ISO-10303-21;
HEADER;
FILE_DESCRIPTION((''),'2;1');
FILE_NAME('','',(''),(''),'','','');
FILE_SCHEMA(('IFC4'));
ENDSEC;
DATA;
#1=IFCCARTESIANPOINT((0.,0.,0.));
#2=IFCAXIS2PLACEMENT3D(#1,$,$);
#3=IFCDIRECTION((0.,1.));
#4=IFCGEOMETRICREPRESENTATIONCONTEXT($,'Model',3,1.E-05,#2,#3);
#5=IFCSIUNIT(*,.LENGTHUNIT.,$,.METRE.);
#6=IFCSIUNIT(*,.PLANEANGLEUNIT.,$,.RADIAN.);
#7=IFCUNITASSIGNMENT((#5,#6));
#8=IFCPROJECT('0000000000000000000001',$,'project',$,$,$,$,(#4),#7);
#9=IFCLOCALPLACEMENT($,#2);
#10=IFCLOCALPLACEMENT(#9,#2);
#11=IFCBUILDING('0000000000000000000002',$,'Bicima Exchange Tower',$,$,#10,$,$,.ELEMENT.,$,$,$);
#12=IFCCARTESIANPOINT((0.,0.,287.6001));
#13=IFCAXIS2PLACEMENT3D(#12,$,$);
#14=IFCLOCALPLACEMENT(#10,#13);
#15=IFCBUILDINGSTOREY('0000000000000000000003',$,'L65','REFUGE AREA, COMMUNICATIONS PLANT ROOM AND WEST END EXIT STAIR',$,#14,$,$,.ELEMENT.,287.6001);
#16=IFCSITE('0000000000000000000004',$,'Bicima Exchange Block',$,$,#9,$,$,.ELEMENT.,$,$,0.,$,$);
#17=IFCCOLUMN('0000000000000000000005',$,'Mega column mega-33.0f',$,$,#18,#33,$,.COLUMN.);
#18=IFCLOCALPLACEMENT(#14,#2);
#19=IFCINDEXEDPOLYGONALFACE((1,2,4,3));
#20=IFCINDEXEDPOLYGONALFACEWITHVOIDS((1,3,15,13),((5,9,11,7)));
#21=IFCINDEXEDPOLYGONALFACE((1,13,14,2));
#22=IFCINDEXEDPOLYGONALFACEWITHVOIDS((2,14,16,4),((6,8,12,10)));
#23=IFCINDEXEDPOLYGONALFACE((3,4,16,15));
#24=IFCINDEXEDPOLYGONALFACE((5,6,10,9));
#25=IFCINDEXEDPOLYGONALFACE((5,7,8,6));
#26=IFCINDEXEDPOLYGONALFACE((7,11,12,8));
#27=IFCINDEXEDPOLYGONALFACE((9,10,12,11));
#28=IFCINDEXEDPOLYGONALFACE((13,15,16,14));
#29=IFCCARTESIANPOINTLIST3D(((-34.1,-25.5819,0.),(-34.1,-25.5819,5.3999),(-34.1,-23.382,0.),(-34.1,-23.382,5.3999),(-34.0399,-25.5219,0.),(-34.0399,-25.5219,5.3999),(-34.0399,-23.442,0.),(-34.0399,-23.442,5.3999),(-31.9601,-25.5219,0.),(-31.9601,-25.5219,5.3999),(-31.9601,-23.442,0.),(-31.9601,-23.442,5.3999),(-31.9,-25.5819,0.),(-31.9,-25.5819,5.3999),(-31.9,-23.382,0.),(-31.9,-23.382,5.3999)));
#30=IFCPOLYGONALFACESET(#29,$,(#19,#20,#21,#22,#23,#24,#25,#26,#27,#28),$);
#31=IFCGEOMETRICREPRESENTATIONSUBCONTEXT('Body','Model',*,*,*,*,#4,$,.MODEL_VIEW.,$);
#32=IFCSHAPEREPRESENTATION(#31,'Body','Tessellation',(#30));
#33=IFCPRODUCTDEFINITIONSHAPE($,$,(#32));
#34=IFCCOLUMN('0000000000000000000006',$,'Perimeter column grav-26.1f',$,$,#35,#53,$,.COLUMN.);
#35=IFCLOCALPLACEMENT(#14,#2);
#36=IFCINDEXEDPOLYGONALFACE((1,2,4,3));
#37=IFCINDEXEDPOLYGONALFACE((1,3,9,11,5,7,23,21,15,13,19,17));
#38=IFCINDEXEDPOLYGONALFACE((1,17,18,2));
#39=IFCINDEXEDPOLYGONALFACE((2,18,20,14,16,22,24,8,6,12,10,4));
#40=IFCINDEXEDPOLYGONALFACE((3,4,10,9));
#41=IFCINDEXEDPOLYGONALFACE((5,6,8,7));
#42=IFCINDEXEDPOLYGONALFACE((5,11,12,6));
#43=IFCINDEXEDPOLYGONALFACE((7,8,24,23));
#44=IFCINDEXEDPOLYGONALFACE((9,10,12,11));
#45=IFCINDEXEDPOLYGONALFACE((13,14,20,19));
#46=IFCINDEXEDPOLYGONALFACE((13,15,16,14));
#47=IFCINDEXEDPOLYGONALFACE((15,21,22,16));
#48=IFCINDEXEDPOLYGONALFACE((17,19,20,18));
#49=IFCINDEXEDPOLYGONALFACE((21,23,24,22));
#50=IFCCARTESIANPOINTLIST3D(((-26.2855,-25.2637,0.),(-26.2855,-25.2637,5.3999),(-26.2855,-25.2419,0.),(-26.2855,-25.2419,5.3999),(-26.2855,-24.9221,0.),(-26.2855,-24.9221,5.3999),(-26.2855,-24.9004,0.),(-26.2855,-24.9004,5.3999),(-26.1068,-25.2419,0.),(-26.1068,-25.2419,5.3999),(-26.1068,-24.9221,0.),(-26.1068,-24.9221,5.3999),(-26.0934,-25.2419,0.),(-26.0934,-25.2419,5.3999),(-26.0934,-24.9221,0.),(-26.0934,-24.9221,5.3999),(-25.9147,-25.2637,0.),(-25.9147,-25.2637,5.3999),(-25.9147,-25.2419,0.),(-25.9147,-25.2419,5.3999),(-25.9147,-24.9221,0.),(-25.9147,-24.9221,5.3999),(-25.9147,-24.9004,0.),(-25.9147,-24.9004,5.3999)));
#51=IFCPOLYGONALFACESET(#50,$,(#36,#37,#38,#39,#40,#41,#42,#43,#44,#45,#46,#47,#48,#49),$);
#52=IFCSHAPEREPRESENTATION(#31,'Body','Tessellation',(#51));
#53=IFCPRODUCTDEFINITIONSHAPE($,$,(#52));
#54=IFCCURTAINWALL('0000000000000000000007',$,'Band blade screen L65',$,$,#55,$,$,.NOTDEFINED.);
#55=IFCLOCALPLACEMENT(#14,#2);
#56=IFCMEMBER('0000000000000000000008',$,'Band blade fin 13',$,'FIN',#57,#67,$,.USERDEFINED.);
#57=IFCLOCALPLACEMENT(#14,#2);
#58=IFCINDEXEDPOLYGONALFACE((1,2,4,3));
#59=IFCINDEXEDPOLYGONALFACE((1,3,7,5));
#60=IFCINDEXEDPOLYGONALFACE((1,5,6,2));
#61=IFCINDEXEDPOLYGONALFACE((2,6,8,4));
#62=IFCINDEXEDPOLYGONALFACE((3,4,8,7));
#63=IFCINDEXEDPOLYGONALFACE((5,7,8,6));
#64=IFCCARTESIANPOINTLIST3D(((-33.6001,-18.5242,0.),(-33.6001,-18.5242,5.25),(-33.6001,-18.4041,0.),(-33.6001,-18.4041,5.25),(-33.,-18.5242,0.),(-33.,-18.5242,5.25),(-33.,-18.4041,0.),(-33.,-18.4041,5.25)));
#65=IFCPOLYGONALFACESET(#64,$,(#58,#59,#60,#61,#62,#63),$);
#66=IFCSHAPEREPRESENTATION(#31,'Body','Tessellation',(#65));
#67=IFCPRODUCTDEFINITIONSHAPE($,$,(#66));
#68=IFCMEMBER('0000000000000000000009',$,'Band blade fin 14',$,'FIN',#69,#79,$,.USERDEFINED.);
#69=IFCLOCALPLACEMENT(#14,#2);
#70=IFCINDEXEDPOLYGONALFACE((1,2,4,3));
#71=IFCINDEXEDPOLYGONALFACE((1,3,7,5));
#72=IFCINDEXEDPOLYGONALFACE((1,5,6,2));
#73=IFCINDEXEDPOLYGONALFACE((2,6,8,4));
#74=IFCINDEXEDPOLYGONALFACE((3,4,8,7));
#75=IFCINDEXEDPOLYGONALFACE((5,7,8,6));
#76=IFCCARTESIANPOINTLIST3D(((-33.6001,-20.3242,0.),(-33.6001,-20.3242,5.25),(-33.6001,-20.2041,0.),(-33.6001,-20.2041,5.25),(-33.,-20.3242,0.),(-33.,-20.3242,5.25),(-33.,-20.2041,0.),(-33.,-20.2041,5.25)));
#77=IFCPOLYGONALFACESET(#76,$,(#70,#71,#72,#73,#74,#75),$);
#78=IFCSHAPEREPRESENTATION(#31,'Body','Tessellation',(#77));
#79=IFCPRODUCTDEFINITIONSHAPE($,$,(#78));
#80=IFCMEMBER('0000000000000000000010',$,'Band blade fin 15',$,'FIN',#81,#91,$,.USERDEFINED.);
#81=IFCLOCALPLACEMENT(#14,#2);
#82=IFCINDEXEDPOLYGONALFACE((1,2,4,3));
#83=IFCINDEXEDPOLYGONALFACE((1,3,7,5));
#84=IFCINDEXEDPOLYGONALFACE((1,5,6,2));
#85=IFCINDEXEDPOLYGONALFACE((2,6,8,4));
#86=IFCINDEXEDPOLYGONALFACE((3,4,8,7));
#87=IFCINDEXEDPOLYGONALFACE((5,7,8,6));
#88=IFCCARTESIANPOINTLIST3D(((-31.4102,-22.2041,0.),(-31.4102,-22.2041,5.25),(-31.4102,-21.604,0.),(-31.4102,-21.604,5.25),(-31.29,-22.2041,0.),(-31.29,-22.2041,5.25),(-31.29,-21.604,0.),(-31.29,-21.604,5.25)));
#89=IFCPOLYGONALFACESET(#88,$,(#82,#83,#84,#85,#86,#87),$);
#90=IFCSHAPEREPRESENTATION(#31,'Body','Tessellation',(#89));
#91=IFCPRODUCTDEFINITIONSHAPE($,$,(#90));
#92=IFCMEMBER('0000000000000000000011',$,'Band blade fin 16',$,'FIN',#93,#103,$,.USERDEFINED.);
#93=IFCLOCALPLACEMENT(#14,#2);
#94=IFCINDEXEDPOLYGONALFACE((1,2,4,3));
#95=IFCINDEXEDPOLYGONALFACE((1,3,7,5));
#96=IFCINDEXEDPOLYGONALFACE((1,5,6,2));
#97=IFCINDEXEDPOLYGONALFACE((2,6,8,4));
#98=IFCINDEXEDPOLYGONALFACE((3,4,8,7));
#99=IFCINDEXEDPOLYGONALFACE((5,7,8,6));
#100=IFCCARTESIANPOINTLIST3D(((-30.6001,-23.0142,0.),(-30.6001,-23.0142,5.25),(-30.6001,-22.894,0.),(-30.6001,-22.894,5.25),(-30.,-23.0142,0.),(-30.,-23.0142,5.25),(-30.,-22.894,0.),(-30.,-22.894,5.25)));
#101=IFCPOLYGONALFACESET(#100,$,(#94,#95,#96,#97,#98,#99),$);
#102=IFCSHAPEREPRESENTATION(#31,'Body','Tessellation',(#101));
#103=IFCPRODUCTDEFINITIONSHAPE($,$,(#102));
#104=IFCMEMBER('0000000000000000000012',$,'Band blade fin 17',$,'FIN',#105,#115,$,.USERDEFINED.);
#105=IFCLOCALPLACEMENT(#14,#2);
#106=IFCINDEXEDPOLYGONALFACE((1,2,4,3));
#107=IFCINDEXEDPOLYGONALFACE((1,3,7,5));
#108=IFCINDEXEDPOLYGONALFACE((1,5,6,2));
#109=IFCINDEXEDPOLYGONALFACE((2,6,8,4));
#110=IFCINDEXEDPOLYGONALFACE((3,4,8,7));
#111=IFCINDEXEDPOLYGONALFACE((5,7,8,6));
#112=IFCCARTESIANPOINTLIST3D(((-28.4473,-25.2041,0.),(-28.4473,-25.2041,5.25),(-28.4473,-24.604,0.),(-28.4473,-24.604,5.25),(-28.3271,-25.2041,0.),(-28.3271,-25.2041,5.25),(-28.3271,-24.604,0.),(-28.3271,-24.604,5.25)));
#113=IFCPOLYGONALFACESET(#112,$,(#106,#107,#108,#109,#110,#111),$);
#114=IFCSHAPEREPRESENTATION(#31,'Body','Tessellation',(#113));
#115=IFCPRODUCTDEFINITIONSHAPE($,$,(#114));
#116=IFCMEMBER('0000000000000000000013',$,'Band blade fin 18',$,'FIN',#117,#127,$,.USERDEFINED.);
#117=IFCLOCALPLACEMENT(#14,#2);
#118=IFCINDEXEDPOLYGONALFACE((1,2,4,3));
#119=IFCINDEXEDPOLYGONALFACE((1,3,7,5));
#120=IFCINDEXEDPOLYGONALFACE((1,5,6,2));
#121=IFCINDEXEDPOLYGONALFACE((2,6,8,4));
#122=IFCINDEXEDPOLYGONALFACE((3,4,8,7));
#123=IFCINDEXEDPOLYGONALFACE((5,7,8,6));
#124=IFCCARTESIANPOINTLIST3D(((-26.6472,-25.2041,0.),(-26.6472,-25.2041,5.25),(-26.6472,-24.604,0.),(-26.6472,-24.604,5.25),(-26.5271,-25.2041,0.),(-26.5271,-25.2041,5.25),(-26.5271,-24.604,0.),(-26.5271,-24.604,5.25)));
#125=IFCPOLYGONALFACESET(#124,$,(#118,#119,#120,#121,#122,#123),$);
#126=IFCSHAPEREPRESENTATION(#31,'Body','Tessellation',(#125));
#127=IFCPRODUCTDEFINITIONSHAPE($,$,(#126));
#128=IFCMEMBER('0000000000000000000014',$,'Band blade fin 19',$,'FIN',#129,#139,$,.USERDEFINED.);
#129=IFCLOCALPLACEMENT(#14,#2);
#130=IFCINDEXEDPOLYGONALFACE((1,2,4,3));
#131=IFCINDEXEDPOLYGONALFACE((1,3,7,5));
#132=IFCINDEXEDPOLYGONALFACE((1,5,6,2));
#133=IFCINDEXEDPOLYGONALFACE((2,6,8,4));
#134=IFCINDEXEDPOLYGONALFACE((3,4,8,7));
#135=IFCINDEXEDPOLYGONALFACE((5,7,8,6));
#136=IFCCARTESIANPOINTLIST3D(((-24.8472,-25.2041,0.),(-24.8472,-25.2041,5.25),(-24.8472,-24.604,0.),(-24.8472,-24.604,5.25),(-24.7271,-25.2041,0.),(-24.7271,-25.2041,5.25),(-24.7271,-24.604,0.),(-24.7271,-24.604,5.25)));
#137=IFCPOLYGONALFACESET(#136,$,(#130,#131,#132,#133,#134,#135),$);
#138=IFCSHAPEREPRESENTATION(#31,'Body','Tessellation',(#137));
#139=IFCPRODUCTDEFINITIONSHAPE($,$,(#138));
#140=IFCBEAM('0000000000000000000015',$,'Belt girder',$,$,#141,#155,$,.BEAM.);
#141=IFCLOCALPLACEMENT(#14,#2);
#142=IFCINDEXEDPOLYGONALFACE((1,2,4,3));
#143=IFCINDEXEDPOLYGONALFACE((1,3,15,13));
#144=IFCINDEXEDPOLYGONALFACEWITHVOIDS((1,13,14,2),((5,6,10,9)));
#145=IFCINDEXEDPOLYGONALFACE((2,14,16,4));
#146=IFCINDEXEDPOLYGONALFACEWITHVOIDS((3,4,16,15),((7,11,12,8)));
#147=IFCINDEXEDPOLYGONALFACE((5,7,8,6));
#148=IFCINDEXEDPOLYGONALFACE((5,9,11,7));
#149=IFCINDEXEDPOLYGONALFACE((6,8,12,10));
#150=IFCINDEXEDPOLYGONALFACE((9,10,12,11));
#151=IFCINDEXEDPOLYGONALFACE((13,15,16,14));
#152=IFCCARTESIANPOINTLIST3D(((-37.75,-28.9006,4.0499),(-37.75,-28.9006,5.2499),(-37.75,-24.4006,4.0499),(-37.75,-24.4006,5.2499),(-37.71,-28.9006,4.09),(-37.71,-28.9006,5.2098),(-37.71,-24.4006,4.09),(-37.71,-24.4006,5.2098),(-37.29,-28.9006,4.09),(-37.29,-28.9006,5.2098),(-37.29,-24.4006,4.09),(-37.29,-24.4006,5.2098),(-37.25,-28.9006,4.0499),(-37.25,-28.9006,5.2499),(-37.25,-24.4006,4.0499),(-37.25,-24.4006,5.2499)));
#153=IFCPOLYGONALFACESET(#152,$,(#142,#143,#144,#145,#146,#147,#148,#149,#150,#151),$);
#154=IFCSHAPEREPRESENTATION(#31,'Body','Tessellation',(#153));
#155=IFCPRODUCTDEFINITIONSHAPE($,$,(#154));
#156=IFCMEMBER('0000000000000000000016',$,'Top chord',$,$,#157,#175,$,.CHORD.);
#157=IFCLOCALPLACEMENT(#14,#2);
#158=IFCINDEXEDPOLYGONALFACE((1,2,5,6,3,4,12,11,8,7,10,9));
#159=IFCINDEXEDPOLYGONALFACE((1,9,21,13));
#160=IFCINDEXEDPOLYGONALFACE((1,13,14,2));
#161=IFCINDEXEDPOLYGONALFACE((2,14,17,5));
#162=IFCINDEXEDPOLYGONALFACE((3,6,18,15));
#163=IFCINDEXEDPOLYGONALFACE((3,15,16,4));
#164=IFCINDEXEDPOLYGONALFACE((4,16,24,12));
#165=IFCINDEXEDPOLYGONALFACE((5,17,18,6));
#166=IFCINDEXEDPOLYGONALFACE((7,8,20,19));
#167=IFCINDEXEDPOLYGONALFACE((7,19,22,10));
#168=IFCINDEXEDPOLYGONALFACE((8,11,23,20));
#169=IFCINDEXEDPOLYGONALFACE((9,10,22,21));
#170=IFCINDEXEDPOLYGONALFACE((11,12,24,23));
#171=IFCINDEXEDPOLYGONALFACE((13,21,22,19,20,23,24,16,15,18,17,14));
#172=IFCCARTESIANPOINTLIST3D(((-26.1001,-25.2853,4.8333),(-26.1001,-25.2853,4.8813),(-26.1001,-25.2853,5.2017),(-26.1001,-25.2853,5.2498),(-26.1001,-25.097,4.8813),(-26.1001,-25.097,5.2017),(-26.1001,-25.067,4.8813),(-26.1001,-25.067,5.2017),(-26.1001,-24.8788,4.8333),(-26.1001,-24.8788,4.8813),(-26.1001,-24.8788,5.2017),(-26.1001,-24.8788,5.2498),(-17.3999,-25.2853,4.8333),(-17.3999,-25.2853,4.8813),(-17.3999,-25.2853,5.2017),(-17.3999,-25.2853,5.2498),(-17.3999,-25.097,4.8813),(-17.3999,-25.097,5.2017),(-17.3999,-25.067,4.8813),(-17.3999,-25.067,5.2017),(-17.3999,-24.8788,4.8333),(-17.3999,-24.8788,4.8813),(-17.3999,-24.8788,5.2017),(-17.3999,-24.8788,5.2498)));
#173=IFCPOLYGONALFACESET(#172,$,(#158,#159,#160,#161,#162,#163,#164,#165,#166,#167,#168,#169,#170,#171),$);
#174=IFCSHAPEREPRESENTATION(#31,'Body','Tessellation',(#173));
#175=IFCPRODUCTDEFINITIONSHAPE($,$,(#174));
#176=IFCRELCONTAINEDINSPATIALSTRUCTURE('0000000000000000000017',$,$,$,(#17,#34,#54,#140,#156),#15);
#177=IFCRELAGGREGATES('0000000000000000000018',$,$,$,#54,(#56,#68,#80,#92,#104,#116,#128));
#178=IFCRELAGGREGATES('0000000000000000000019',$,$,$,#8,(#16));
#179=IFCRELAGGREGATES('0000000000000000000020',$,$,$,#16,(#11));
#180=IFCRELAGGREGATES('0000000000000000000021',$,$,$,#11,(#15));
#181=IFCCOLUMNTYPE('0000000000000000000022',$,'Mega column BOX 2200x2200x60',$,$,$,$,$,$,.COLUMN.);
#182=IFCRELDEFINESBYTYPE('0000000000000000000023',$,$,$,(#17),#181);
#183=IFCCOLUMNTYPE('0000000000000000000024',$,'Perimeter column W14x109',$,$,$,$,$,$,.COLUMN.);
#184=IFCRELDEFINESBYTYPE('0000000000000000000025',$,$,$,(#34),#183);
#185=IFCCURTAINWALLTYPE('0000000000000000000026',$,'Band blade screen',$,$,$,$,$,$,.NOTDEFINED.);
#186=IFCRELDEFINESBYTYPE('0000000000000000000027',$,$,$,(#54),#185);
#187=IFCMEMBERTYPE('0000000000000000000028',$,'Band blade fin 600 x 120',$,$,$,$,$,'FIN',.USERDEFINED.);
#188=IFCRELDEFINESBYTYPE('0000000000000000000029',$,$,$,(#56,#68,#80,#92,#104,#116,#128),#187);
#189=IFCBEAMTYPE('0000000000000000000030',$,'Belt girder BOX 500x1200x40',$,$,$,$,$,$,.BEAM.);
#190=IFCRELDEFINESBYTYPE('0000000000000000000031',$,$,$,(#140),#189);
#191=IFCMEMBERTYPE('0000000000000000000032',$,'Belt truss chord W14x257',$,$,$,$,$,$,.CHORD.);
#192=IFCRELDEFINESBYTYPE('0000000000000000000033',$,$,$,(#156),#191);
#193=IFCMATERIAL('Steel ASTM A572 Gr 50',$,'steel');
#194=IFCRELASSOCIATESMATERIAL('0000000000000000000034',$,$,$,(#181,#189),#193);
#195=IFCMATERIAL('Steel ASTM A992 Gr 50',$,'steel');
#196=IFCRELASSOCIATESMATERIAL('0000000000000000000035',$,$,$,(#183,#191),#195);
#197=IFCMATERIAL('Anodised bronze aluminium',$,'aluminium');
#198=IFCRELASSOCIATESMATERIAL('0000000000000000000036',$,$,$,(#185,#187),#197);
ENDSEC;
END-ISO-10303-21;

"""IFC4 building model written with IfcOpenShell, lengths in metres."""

from ifc_helpers import new_model, si_unit, direction, frame, origin, origin_2d, place, context, subcontext, project, spatial, rectangle, hollow_rectangle, i_section, extrude, material, material_profile, profile_set, type_object, element, aggregate, save


model = new_model("IFC4")

# Units and contexts
model_context = context("Model", 3, precision=1e-05, world=origin(), true_north=direction((0.0, 1.0)))
body_context = subcontext(model_context, "Body", "Model", "MODEL_VIEW")
ifc_project = project(units=[si_unit("LENGTHUNIT", "METRE"), si_unit("PLANEANGLEUNIT", "RADIAN")], contexts=[model_context])

# Site, building, storey
site_placement = place(None, origin())
site = spatial("IfcSite", under=ifc_project, at=site_placement, Name="Bicima Exchange Block", CompositionType="ELEMENT", RefElevation=0.0)
building_placement = place(site_placement, origin())
building = spatial("IfcBuilding", under=site, at=building_placement, Name="Bicima Exchange Tower", CompositionType="ELEMENT")
storey_placement = place(building_placement, frame((0.0, 0.0, 287.6001)))
storey = spatial("IfcBuildingStorey", under=building, at=storey_placement, Name="L65", Description="REFUGE AREA, COMMUNICATIONS PLANT ROOM AND WEST END EXIT STAIR", CompositionType="ELEMENT", Elevation=287.6001)

# Columns
ifc_material_1 = material(Name="Steel ASTM A572 Gr 50", Category="steel")
ifc_material_profile_1 = material_profile(ifc_material_1, hollow_rectangle(XDim=2.2, YDim=2.2, WallThickness=0.0601, at=origin_2d()))
ifc_profile_set_1 = profile_set([ifc_material_profile_1], Name="Steel ASTM A572 Gr 50")
column_type_1 = type_object("IfcColumnType", Name="Mega column BOX 2200x2200x60", PredefinedType="COLUMN", material=ifc_profile_set_1)
column_1_placement = place(storey_placement, frame((-33.0, -24.4819, 0.0), z_axis=(0.0, 0.0, 1.0), x_axis=(1.0, 0.0, 0.0)))
element("IfcColumn", 1, at=column_1_placement, inside=storey, type_object=column_type_1, Name="Mega column mega-33.0f", PredefinedType="COLUMN", context=body_context, shape_type="SweptSolid", body=[
    extrude(hollow_rectangle(XDim=2.2, YDim=2.2, WallThickness=0.0601, at=origin_2d()), origin(), (0.0, 0.0, 1.0), 5.3999),
])
ifc_material_2 = material(Name="Steel ASTM A992 Gr 50", Category="steel")
ifc_material_profile_2 = material_profile(ifc_material_2, i_section(OverallWidth=0.3708, OverallDepth=0.3633, WebThickness=0.0134, FlangeThickness=0.0217, at=origin_2d()))
ifc_profile_set_2 = profile_set([ifc_material_profile_2], Name="Steel ASTM A992 Gr 50")
column_type_2 = type_object("IfcColumnType", Name="Perimeter column W14x109", PredefinedType="COLUMN", material=ifc_profile_set_2)
column_2_placement = place(storey_placement, frame((-26.1001, -25.082, 0.0), z_axis=(0.0, 0.0, 1.0), x_axis=(1.0, 0.0, 0.0)))
element("IfcColumn", 2, at=column_2_placement, inside=storey, type_object=column_type_2, Name="Perimeter column grav-26.1f", PredefinedType="COLUMN", context=body_context, shape_type="SweptSolid", body=[
    extrude(i_section(OverallWidth=0.3708, OverallDepth=0.3633, WebThickness=0.0134, FlangeThickness=0.0217, at=origin_2d()), origin(), (0.0, 0.0, 1.0), 5.3999),
])

# Curtain wall, members
ifc_material_3 = material(Name="Anodised bronze aluminium", Category="aluminium")
curtain_wall_type = type_object("IfcCurtainWallType", Name="Band blade screen", PredefinedType="NOTDEFINED", material=ifc_material_3)
curtain_wall_placement = place(storey_placement, origin())
curtain_wall = element("IfcCurtainWall", 3, at=curtain_wall_placement, inside=storey, type_object=curtain_wall_type, Name="Band blade screen L65", PredefinedType="NOTDEFINED")
ifc_material_profile_3 = material_profile(ifc_material_3, rectangle(XDim=0.6001, YDim=0.1201, at=origin_2d()))
ifc_profile_set_3 = profile_set([ifc_material_profile_3], Name="Anodised bronze aluminium")
member_type_1 = type_object("IfcMemberType", Name="Band blade fin 600 x 120", ElementType="FIN", PredefinedType="USERDEFINED", material=ifc_profile_set_3)
member_1_placement = place(storey_placement, frame((-33.3, -18.4641, 0.0), z_axis=(0.0, 0.0, 1.0), x_axis=(1.0, 0.0, 0.0)))
member_1 = element("IfcMember", 4, at=member_1_placement, type_object=member_type_1, Name="Band blade fin 13", ObjectType="FIN", PredefinedType="USERDEFINED", context=body_context, shape_type="SweptSolid", body=[
    extrude(rectangle(XDim=0.6001, YDim=0.1201, at=origin_2d()), origin(), (0.0, 0.0, 1.0), 5.25),
])
member_2_placement = place(storey_placement, frame((-33.3, -20.2642, 0.0), z_axis=(0.0, 0.0, 1.0), x_axis=(1.0, 0.0, 0.0)))
member_2 = element("IfcMember", 5, at=member_2_placement, type_object=member_type_1, Name="Band blade fin 14", ObjectType="FIN", PredefinedType="USERDEFINED", context=body_context, shape_type="SweptSolid", body=[
    extrude(rectangle(XDim=0.6001, YDim=0.1201, at=origin_2d()), origin(), (0.0, 0.0, 1.0), 5.25),
])
member_3_placement = place(storey_placement, frame((-31.3501, -21.9041, 0.0), z_axis=(0.0, 0.0, 1.0), x_axis=(0.0, 1.0, 0.0)))
member_3 = element("IfcMember", 6, at=member_3_placement, type_object=member_type_1, Name="Band blade fin 15", ObjectType="FIN", PredefinedType="USERDEFINED", context=body_context, shape_type="SweptSolid", body=[
    extrude(rectangle(XDim=0.6001, YDim=0.1201, at=origin_2d()), origin(), (0.0, 0.0, 1.0), 5.25),
])
member_4_placement = place(storey_placement, frame((-30.3, -22.9541, 0.0), z_axis=(0.0, 0.0, 1.0), x_axis=(1.0, 0.0, 0.0)))
member_4 = element("IfcMember", 7, at=member_4_placement, type_object=member_type_1, Name="Band blade fin 16", ObjectType="FIN", PredefinedType="USERDEFINED", context=body_context, shape_type="SweptSolid", body=[
    extrude(rectangle(XDim=0.6001, YDim=0.1201, at=origin_2d()), origin(), (0.0, 0.0, 1.0), 5.25),
])
member_5_placement = place(storey_placement, frame((-28.3872, -24.9041, 0.0), z_axis=(0.0, 0.0, 1.0), x_axis=(0.0, 1.0, 0.0)))
member_5 = element("IfcMember", 8, at=member_5_placement, type_object=member_type_1, Name="Band blade fin 17", ObjectType="FIN", PredefinedType="USERDEFINED", context=body_context, shape_type="SweptSolid", body=[
    extrude(rectangle(XDim=0.6001, YDim=0.1201, at=origin_2d()), origin(), (0.0, 0.0, 1.0), 5.25),
])
member_6_placement = place(storey_placement, frame((-26.5872, -24.9041, 0.0), z_axis=(0.0, 0.0, 1.0), x_axis=(0.0, 1.0, 0.0)))
member_6 = element("IfcMember", 9, at=member_6_placement, type_object=member_type_1, Name="Band blade fin 18", ObjectType="FIN", PredefinedType="USERDEFINED", context=body_context, shape_type="SweptSolid", body=[
    extrude(rectangle(XDim=0.6001, YDim=0.1201, at=origin_2d()), origin(), (0.0, 0.0, 1.0), 5.25),
])
member_7_placement = place(storey_placement, frame((-24.7871, -24.9041, 0.0), z_axis=(0.0, 0.0, 1.0), x_axis=(0.0, 1.0, 0.0)))
member_7 = element("IfcMember", 10, at=member_7_placement, type_object=member_type_1, Name="Band blade fin 19", ObjectType="FIN", PredefinedType="USERDEFINED", context=body_context, shape_type="SweptSolid", body=[
    extrude(rectangle(XDim=0.6001, YDim=0.1201, at=origin_2d()), origin(), (0.0, 0.0, 1.0), 5.25),
])
aggregate(curtain_wall, [member_1, member_2, member_3, member_4, member_5, member_6, member_7])

# Beam
ifc_material_profile_4 = material_profile(ifc_material_1, hollow_rectangle(XDim=0.5, YDim=1.2, WallThickness=0.04, at=origin_2d()))
ifc_profile_set_4 = profile_set([ifc_material_profile_4], Name="Steel ASTM A572 Gr 50")
beam_type = type_object("IfcBeamType", Name="Belt girder BOX 500x1200x40", PredefinedType="BEAM", material=ifc_profile_set_4)
beam_placement = place(storey_placement, frame((-37.5, -24.4006, 4.6499), z_axis=(0.0, -1.0, 0.0), x_axis=(1.0, 0.0, 0.0)))
element("IfcBeam", 11, at=beam_placement, inside=storey, type_object=beam_type, Name="Belt girder", PredefinedType="BEAM", context=body_context, shape_type="SweptSolid", body=[
    extrude(hollow_rectangle(XDim=0.5, YDim=1.2, WallThickness=0.04, at=origin_2d()), origin(), (0.0, 0.0, 1.0), 4.5),
])

# Member
ifc_material_profile_5 = material_profile(ifc_material_2, i_section(OverallWidth=0.4065, OverallDepth=0.4165, WebThickness=0.03, FlangeThickness=0.0481, at=origin_2d()))
ifc_profile_set_5 = profile_set([ifc_material_profile_5], Name="Steel ASTM A992 Gr 50")
member_type_2 = type_object("IfcMemberType", Name="Belt truss chord W14x257", PredefinedType="CHORD", material=ifc_profile_set_5)
for number, where, z_axis, x_axis, name in (
    (12, (-26.1001, -25.082, 5.0415), (1.0, 0.0, 0.0), (0.0, 1.0, 0.0), "Top chord"),
):
    element("IfcMember", number, at=place(storey_placement, frame(where, z_axis=z_axis, x_axis=x_axis)), inside=storey, type_object=member_type_2, Name=name, PredefinedType="CHORD", context=body_context, shape_type="SweptSolid", body=[
        extrude(i_section(OverallWidth=0.4065, OverallDepth=0.4165, WebThickness=0.03, FlangeThickness=0.0481, at=origin_2d()), origin(), (0.0, 0.0, 1.0), 8.7002),
    ])

save(model, "model.ifc")
